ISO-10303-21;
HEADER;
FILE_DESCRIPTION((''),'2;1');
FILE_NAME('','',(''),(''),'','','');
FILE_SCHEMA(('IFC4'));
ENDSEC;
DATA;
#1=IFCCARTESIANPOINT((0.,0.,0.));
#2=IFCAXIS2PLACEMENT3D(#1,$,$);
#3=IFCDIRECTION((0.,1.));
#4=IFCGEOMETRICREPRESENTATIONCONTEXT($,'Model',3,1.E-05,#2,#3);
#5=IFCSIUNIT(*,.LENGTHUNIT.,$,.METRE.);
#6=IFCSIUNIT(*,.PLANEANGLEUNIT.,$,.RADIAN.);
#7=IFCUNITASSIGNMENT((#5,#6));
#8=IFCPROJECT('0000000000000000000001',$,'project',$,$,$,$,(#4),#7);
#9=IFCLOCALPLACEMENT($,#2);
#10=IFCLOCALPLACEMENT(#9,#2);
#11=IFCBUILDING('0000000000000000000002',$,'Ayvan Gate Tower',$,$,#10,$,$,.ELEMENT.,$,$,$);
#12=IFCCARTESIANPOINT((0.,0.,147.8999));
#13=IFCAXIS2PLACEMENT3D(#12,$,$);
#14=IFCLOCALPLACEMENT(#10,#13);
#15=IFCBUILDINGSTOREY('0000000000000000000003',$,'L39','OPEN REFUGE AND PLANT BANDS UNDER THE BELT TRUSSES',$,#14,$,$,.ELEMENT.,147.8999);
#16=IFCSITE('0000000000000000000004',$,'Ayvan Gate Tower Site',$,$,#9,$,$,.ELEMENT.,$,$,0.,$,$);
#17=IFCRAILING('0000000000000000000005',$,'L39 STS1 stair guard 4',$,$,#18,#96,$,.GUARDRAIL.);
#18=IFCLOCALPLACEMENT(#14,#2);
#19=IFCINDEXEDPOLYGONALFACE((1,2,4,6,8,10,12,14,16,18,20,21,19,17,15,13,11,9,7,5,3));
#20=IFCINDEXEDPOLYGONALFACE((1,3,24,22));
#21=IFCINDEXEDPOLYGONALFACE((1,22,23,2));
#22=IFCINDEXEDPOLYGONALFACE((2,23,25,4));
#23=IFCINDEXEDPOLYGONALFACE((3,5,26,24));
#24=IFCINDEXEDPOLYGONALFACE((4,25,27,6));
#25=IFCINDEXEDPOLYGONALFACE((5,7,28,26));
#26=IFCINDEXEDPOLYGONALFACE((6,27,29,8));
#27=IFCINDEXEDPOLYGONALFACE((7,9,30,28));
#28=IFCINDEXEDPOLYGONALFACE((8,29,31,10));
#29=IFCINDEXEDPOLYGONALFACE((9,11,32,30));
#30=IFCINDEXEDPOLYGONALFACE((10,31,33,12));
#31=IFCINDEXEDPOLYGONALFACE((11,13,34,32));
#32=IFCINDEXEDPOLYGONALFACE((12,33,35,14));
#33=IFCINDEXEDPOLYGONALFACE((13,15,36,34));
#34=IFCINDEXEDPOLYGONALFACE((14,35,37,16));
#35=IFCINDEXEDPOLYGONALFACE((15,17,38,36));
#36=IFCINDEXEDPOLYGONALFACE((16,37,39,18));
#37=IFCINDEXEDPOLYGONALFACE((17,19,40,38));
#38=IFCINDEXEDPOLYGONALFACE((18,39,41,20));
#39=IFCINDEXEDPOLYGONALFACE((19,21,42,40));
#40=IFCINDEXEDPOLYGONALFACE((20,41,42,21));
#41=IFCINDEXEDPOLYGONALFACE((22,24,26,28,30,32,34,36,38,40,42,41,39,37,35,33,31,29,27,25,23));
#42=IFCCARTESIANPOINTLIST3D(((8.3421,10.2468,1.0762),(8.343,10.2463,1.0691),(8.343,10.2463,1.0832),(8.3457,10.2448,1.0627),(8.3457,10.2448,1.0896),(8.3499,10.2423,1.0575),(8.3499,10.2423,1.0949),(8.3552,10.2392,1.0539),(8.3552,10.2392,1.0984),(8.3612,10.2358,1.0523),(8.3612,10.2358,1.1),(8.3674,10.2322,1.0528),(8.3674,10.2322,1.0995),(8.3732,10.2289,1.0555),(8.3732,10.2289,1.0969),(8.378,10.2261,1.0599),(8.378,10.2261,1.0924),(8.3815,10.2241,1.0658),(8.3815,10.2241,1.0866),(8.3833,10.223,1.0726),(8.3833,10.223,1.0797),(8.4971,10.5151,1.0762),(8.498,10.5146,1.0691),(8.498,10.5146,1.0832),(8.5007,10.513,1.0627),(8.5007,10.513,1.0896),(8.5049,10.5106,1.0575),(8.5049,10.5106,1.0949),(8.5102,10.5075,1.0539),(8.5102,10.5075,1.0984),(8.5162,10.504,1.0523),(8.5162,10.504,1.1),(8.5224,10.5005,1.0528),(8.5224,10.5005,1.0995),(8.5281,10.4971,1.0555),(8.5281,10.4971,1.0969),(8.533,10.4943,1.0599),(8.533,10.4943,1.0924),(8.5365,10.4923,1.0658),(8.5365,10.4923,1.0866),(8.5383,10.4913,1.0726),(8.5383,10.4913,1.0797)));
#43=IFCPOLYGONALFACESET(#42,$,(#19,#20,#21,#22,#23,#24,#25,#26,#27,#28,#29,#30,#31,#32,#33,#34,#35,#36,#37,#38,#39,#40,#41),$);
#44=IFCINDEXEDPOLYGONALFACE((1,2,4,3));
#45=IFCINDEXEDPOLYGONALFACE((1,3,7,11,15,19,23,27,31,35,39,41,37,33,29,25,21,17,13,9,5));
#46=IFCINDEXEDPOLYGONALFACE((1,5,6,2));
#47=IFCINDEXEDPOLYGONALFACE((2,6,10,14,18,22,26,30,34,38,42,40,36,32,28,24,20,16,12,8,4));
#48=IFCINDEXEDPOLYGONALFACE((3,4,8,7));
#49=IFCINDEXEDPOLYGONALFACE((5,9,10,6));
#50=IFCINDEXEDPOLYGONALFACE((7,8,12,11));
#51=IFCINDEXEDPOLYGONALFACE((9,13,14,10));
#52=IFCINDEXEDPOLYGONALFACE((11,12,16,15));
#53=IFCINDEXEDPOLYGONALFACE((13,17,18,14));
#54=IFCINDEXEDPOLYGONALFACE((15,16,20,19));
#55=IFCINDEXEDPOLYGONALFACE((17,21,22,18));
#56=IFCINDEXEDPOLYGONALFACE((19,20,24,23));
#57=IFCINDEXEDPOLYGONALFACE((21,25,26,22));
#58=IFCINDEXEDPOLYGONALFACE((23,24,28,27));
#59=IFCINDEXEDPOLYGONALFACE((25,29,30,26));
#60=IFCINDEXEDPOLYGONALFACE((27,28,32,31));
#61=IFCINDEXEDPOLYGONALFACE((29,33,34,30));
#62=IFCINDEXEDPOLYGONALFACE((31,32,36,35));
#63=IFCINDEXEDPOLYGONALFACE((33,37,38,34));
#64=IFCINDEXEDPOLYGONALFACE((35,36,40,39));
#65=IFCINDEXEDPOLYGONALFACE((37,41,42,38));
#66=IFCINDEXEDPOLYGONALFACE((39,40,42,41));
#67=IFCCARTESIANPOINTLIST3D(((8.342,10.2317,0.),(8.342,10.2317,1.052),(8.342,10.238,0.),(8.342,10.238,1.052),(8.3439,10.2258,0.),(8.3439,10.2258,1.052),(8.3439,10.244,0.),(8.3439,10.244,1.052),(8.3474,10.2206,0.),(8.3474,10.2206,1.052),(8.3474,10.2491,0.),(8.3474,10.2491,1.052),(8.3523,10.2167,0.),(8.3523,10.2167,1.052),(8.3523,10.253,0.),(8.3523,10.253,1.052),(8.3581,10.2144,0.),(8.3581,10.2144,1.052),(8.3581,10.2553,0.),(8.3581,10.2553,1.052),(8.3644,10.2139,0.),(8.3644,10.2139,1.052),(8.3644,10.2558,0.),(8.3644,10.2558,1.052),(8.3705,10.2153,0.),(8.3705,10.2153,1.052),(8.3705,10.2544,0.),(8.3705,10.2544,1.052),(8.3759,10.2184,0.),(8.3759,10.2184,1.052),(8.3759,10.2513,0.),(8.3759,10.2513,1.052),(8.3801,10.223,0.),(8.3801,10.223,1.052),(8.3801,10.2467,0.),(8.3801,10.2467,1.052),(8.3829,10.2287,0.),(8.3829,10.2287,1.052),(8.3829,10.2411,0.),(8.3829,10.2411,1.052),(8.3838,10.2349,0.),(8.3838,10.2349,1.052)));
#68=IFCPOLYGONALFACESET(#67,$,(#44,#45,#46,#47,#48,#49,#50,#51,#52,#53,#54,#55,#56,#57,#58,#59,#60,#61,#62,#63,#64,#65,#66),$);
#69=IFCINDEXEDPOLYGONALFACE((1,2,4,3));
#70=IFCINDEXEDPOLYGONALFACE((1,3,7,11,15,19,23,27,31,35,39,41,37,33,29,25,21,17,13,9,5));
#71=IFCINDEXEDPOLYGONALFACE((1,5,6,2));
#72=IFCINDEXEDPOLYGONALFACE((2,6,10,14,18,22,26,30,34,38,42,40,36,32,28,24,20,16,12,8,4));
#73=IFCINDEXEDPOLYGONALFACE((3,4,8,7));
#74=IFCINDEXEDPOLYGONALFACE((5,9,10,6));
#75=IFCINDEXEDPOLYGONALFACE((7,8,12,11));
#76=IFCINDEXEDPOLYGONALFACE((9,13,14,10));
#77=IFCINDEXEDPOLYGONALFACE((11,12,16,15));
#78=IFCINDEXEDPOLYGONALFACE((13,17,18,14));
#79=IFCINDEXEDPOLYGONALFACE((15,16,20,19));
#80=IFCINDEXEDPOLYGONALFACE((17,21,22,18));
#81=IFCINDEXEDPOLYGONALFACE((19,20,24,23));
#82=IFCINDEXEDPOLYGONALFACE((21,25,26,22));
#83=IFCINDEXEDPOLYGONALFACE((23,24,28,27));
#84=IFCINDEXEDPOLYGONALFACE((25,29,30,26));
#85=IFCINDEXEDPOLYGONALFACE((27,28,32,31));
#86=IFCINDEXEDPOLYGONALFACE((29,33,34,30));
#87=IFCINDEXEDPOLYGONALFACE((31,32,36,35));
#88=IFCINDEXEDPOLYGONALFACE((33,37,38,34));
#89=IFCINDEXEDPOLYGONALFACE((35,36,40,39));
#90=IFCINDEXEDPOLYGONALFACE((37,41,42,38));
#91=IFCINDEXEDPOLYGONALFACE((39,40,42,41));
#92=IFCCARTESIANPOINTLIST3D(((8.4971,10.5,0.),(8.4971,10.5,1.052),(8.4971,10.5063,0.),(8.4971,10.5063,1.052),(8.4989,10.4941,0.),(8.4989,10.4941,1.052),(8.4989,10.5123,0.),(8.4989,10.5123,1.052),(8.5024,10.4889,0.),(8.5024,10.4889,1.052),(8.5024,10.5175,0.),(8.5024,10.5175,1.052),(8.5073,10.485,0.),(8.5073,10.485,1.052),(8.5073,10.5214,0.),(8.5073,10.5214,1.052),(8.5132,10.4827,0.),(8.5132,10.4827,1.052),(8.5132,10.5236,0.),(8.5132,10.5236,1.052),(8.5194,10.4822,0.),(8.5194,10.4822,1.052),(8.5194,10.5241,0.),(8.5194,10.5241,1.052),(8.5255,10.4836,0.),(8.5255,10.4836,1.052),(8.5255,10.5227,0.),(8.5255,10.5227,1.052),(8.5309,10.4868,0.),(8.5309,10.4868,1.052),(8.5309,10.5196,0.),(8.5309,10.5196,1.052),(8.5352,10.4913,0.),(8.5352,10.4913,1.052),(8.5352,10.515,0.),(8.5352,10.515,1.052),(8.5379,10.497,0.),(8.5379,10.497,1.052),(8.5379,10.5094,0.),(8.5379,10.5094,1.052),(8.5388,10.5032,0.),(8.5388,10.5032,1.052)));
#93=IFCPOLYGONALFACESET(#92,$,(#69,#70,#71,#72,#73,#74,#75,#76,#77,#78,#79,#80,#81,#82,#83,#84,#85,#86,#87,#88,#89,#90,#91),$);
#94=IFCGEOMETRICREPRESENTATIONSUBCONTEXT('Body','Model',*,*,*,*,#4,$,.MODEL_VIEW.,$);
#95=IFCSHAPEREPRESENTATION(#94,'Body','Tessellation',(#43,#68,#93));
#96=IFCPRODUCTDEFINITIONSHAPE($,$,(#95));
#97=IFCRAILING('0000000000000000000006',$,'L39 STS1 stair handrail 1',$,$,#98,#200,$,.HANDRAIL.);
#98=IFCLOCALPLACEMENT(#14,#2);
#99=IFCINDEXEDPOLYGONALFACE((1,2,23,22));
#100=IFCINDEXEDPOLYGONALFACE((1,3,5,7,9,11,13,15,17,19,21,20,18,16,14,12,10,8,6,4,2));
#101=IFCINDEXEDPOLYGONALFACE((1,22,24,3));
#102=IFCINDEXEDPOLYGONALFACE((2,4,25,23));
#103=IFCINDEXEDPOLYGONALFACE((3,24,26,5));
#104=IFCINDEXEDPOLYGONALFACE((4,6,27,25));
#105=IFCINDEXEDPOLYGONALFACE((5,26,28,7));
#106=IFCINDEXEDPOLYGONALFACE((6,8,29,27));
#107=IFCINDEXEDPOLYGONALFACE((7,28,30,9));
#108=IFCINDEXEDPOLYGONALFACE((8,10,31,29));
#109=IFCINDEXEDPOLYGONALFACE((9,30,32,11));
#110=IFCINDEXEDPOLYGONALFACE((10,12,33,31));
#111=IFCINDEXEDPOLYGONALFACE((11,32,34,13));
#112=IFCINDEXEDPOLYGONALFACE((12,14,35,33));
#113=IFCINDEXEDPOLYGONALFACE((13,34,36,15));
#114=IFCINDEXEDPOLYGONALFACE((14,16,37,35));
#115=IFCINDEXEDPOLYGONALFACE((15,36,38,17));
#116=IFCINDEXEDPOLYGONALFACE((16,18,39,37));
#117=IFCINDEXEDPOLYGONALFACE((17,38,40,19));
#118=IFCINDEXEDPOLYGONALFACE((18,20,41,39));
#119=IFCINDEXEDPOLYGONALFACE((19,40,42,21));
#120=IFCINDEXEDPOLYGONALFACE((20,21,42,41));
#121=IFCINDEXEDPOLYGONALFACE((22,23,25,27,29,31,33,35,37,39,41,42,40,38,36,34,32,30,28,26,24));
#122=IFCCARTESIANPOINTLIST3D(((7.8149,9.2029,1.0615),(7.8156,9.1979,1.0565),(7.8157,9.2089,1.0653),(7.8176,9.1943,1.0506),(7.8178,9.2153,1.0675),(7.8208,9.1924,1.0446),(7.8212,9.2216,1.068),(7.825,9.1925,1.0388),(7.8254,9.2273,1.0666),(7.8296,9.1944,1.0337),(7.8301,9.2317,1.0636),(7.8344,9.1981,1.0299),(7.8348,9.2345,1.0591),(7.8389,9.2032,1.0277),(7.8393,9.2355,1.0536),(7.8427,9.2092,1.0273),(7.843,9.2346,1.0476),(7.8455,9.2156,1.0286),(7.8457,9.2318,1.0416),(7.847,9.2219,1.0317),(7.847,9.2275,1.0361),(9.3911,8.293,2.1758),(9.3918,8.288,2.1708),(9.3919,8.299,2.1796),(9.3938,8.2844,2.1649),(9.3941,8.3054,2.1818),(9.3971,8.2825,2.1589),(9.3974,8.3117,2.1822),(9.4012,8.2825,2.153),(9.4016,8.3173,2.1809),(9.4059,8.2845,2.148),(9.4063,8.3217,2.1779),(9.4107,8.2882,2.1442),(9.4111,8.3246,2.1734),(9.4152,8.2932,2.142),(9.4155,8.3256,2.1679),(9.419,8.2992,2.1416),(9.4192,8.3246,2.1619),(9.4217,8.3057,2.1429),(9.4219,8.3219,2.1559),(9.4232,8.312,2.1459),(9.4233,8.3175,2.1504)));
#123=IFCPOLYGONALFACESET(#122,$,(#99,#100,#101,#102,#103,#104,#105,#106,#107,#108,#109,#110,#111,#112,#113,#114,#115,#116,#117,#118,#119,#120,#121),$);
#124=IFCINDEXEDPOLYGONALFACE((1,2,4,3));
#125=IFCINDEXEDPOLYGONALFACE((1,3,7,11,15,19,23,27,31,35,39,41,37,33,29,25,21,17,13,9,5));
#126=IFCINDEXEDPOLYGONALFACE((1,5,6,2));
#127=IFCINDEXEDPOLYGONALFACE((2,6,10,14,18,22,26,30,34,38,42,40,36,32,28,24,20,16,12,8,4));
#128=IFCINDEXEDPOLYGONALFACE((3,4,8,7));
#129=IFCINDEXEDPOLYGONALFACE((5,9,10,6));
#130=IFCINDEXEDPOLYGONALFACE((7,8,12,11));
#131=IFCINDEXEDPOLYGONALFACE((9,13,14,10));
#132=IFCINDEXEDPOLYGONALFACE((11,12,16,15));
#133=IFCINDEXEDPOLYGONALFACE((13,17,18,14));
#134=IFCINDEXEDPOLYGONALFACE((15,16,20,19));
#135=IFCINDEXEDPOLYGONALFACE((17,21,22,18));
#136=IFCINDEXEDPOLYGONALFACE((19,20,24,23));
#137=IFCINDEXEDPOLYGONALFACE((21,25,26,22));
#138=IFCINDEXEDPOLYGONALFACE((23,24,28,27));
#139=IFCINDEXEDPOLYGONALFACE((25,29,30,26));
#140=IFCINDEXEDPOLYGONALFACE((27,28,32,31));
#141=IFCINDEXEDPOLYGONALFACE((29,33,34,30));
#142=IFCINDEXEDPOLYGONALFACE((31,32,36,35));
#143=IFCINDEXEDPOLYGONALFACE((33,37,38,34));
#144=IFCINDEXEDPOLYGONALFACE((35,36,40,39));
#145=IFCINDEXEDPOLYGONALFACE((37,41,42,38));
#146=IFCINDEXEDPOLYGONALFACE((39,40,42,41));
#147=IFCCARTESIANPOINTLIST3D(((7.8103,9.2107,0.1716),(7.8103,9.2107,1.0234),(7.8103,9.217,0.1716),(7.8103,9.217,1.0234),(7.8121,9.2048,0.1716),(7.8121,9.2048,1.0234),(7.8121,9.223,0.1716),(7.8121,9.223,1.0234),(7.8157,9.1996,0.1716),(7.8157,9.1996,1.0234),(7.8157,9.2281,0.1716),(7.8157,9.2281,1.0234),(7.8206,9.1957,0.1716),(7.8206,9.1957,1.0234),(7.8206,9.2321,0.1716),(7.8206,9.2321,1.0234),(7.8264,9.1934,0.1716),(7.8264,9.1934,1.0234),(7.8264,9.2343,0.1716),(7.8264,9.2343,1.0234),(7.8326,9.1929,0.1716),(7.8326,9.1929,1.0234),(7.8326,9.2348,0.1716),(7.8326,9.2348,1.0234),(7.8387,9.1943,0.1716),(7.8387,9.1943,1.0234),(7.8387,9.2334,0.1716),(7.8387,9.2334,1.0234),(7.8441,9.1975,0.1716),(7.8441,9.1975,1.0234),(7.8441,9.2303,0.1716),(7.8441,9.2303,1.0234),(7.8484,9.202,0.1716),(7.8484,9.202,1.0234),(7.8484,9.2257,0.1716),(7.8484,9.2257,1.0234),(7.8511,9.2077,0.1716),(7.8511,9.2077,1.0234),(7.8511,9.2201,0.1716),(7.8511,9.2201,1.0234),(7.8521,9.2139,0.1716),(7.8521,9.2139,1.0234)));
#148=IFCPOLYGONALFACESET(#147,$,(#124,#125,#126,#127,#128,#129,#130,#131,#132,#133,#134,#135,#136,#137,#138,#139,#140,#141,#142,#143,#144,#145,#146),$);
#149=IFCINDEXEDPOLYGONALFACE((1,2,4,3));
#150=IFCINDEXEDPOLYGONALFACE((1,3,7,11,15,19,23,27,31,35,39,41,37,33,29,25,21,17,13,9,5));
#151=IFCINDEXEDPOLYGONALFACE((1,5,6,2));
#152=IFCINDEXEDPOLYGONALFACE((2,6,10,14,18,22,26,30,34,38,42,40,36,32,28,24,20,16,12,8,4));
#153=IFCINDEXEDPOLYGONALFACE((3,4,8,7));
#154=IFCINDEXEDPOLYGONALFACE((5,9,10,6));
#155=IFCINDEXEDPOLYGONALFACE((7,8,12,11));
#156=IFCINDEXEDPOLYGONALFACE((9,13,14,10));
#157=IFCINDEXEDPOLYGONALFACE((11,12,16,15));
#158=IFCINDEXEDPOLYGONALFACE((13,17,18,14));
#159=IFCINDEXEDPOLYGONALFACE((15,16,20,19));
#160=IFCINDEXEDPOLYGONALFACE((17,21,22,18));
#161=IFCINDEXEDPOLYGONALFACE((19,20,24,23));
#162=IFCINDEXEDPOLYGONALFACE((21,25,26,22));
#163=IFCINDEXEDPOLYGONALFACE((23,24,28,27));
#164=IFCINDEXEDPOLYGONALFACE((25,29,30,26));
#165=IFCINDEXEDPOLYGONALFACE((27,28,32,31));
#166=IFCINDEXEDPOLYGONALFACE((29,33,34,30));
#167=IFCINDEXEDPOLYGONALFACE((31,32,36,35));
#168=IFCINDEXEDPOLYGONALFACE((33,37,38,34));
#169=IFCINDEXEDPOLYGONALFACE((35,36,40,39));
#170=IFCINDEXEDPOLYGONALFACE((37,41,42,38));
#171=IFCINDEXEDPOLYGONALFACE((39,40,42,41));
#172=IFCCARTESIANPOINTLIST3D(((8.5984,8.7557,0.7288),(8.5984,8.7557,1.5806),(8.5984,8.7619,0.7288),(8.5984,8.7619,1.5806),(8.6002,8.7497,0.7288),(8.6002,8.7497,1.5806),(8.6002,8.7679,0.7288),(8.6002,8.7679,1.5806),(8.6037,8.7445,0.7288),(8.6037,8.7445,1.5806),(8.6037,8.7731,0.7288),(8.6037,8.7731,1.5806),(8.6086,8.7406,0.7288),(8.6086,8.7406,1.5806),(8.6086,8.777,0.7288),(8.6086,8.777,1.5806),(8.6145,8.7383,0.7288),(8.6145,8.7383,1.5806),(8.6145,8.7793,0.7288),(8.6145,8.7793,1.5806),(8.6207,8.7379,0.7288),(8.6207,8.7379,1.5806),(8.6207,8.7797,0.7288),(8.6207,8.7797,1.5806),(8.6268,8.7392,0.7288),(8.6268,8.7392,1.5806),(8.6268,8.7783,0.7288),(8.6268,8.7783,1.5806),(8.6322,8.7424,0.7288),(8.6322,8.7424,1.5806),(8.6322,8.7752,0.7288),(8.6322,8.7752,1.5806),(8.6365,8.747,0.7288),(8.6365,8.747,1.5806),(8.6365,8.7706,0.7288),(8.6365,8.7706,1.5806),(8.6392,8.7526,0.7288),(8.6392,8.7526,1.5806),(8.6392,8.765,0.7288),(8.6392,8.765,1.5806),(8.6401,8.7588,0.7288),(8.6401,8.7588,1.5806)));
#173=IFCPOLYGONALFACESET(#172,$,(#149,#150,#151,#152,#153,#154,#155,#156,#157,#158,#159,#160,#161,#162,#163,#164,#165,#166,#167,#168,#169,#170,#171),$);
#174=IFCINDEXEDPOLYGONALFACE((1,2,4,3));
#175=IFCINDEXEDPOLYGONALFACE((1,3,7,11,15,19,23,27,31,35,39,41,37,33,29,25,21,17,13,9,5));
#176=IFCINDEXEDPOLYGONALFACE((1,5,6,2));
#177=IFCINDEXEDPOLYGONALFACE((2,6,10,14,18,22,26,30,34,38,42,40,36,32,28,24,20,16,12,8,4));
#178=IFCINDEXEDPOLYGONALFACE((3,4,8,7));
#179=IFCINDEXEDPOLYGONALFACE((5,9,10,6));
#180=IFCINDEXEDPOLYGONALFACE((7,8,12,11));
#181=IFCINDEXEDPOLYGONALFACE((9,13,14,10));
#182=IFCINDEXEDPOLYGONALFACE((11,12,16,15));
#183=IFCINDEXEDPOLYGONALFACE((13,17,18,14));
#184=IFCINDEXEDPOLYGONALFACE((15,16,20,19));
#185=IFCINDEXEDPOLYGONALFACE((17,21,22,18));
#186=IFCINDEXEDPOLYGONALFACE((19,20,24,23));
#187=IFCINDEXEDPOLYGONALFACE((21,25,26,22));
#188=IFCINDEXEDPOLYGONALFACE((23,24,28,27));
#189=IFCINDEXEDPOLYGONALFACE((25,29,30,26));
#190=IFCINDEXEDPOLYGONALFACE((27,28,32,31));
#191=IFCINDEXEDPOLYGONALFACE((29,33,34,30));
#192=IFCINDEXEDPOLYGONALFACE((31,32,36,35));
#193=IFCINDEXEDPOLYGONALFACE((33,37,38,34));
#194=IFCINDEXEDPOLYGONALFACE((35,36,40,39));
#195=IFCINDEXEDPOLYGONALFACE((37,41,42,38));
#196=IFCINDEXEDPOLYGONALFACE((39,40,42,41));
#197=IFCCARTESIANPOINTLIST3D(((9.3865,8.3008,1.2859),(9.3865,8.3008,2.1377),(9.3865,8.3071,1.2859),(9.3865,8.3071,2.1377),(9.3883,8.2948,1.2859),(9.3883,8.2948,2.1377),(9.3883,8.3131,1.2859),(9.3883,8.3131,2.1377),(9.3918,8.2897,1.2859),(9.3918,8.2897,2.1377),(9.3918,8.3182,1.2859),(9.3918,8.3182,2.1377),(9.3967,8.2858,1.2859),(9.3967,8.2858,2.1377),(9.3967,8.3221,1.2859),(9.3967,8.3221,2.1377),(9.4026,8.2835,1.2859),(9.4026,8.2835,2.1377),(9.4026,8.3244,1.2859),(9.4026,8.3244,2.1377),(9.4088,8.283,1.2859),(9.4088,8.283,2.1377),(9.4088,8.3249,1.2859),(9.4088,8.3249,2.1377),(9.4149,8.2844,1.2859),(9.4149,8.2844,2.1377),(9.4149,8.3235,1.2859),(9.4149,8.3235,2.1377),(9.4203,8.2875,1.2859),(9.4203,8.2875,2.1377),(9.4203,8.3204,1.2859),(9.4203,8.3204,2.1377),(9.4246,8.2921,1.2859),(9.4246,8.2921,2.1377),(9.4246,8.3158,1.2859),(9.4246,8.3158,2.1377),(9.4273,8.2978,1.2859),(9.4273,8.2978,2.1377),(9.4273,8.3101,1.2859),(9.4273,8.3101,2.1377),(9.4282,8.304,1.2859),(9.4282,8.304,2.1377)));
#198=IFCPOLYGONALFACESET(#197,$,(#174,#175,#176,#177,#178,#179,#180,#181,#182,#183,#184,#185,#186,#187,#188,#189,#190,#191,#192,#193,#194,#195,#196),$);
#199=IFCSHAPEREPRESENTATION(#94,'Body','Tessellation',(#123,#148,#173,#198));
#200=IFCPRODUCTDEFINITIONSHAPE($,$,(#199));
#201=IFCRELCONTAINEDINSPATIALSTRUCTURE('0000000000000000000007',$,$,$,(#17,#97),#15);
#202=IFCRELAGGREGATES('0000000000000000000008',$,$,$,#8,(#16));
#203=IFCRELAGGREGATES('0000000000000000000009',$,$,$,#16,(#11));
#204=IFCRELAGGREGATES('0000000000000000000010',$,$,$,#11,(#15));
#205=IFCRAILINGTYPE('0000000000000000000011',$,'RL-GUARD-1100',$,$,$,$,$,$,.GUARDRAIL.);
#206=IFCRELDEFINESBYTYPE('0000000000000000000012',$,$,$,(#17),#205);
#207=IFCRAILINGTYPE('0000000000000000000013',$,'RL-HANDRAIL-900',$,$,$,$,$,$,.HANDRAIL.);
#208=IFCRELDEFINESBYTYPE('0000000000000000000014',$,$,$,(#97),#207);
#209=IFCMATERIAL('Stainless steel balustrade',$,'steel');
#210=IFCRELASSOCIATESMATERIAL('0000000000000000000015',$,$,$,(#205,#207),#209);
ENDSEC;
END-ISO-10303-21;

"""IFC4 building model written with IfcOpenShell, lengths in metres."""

from ifc_helpers import new_model, si_unit, direction, frame, origin, origin_2d, place, context, subcontext, project, spatial, circle, extrude, material, type_object, element, save


model = new_model("IFC4")

# Units and contexts
model_context = context("Model", 3, precision=1e-05, world=origin(), true_north=direction((0.0, 1.0)))
body_context = subcontext(model_context, "Body", "Model", "MODEL_VIEW")
ifc_project = project(units=[si_unit("LENGTHUNIT", "METRE"), si_unit("PLANEANGLEUNIT", "RADIAN")], contexts=[model_context])

# Site, building, storey
site_placement = place(None, origin())
site = spatial("IfcSite", under=ifc_project, at=site_placement, Name="Ayvan Gate Tower Site", CompositionType="ELEMENT", RefElevation=0.0)
building_placement = place(site_placement, origin())
building = spatial("IfcBuilding", under=site, at=building_placement, Name="Ayvan Gate Tower", CompositionType="ELEMENT")
storey_placement = place(building_placement, frame((0.0, 0.0, 147.8999)))
storey = spatial("IfcBuildingStorey", under=building, at=storey_placement, Name="L39", Description="OPEN REFUGE AND PLANT BANDS UNDER THE BELT TRUSSES", CompositionType="ELEMENT", Elevation=147.8999)

# Railings
ifc_material_1 = material(Name="Stainless steel balustrade", Category="steel")
railing_type_1 = type_object("IfcRailingType", Name="RL-GUARD-1100", PredefinedType="GUARDRAIL", material=ifc_material_1)
railing_1_placement = place(storey_placement, frame((8.3628, 10.2349, 0.0)))
element("IfcRailing", 1, at=railing_1_placement, inside=storey, type_object=railing_type_1, Name="L39 STS1 stair guard 4", PredefinedType="GUARDRAIL", context=body_context, shape_type="SweptSolid", body=[
    extrude(circle(Radius=0.0239, at=origin_2d()), frame((0.0, 0.0, 1.0762), z_axis=(0.500291, 0.865857, 0.0), x_axis=(-0.865857, 0.500291, 0.0)), (0.0, 0.0, 1.0), 0.3098),
    extrude(circle(Radius=0.021, at=origin_2d()), origin(), (0.0, 0.0, 1.0), 1.052),
    extrude(circle(Radius=0.021, at=origin_2d()), frame((0.155, 0.2683, 0.0)), (0.0, 0.0, 1.0), 1.052),
])
railing_type_2 = type_object("IfcRailingType", Name="RL-HANDRAIL-900", PredefinedType="HANDRAIL", material=ifc_material_1)
railing_2_placement = place(storey_placement, frame((7.8311, 9.2139, 0.1716)))
element("IfcRailing", 2, at=railing_2_placement, inside=storey, type_object=railing_type_2, Name="L39 STS1 stair handrail 1", PredefinedType="HANDRAIL", context=body_context, shape_type="SweptSolid", body=[
    extrude(circle(Radius=0.0239, at=origin_2d()), frame((0.0, 0.0, 0.876), z_axis=(0.73861, -0.426394, 0.522153), x_axis=(0.499962, 0.866047, 0.0)), (0.0, 0.0, 1.0), 2.134),
    extrude(circle(Radius=0.021, at=origin_2d()), origin(), (0.0, 0.0, 1.0), 0.8518),
    extrude(circle(Radius=0.021, at=origin_2d()), frame((0.7881, -0.4551, 0.5571)), (0.0, 0.0, 1.0), 0.8518),
    extrude(circle(Radius=0.021, at=origin_2d()), frame((1.5762, -0.9099, 1.1143)), (0.0, 0.0, 1.0), 0.8518),
])

save(model, "model.ifc")
